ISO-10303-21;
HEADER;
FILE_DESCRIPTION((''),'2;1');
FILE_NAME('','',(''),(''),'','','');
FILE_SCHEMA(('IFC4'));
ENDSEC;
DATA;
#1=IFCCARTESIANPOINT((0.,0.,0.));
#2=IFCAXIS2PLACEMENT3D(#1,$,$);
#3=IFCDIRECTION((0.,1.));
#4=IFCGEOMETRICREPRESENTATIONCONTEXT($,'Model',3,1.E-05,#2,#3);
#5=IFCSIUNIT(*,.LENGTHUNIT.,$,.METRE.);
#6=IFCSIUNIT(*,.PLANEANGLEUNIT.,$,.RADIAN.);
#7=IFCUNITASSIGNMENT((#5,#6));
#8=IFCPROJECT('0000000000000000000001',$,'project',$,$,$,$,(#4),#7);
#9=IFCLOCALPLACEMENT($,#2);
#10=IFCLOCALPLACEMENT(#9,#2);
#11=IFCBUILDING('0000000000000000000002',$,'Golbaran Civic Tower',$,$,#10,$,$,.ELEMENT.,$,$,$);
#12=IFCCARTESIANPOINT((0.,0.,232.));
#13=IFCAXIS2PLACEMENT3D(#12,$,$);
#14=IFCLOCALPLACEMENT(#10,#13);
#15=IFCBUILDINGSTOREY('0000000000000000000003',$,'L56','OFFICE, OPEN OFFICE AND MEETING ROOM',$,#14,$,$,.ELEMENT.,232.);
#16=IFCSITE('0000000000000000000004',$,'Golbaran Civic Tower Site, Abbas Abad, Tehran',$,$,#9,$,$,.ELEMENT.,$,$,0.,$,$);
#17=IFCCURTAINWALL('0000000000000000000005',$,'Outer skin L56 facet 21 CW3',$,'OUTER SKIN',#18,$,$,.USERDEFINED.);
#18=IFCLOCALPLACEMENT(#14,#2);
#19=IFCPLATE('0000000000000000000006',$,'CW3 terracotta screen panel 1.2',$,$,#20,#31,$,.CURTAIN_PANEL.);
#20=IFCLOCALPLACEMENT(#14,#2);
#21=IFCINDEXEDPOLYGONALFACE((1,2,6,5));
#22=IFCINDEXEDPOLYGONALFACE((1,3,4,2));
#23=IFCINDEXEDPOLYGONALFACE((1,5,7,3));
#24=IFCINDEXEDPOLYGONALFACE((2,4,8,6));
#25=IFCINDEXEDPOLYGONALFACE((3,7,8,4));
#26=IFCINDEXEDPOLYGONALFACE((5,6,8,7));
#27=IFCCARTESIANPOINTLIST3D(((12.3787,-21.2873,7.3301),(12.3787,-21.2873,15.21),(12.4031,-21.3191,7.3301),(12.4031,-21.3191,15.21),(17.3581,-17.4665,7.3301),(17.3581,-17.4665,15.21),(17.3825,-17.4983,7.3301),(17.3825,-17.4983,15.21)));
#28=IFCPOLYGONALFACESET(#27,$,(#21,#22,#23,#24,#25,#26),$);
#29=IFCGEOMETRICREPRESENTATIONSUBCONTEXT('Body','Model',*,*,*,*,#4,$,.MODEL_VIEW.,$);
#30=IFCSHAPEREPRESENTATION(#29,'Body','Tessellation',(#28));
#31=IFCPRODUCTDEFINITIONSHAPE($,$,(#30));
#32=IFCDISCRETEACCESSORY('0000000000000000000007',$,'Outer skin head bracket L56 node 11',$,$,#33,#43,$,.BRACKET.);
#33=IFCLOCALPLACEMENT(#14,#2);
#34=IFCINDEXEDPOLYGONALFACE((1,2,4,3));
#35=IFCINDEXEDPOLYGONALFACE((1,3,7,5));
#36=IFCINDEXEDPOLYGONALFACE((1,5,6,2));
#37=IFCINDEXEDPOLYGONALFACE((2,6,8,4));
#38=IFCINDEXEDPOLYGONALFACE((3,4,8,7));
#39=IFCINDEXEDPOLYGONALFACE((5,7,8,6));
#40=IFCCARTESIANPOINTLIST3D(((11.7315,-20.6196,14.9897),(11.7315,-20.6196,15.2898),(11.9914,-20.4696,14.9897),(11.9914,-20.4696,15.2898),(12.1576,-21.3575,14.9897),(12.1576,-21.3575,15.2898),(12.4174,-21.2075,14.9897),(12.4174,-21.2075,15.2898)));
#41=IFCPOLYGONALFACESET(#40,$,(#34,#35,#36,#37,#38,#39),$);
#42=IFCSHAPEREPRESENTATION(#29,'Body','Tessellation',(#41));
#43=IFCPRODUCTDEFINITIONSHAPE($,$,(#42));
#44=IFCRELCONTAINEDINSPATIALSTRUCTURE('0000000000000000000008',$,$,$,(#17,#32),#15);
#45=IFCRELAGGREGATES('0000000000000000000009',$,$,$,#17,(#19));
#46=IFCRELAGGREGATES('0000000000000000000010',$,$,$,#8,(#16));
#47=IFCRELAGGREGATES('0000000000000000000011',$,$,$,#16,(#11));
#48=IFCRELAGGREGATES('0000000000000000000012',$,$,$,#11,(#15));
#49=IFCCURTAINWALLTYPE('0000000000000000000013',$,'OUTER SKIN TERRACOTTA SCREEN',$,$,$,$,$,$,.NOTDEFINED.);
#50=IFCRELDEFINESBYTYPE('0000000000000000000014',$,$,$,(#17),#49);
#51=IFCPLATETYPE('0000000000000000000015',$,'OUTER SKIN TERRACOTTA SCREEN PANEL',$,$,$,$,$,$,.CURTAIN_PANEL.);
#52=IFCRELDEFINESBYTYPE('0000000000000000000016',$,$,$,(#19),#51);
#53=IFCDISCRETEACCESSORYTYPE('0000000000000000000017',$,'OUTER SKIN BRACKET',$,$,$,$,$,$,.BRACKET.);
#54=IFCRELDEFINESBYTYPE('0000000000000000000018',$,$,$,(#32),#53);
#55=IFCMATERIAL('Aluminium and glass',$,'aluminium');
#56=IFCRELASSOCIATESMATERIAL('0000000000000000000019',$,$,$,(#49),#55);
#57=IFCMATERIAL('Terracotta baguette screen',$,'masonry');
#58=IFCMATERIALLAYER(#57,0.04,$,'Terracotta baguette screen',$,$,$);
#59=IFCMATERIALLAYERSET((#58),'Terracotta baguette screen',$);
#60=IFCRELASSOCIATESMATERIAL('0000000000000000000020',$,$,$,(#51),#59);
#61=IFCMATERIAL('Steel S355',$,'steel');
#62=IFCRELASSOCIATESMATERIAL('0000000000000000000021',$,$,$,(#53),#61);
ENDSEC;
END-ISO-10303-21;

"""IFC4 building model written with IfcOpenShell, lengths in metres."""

from ifc_helpers import new_model, si_unit, direction, frame, origin, origin_2d, place, context, subcontext, project, spatial, rectangle, extrude, material, layer, layer_set, type_object, element, aggregate, save


model = new_model("IFC4")

# Units and contexts
model_context = context("Model", 3, precision=1e-05, world=origin(), true_north=direction((0.0, 1.0)))
body_context = subcontext(model_context, "Body", "Model", "MODEL_VIEW")
ifc_project = project(units=[si_unit("LENGTHUNIT", "METRE"), si_unit("PLANEANGLEUNIT", "RADIAN")], contexts=[model_context])

# Site, building, storey
site_placement = place(None, origin())
site = spatial("IfcSite", under=ifc_project, at=site_placement, Name="Golbaran Civic Tower Site, Abbas Abad, Tehran", CompositionType="ELEMENT", RefElevation=0.0)
building_placement = place(site_placement, origin())
building = spatial("IfcBuilding", under=site, at=building_placement, Name="Golbaran Civic Tower", CompositionType="ELEMENT")
storey_placement = place(building_placement, frame((0.0, 0.0, 232.0)))
storey = spatial("IfcBuildingStorey", under=building, at=storey_placement, Name="L56", Description="OFFICE, OPEN OFFICE AND MEETING ROOM", CompositionType="ELEMENT", Elevation=232.0)

# Shared definitions
ifc_material_1 = material(Name="Aluminium and glass", Category="aluminium")

# Curtain wall, plate
curtain_wall_type_1 = type_object("IfcCurtainWallType", Name="OUTER SKIN TERRACOTTA SCREEN", PredefinedType="NOTDEFINED", material=ifc_material_1)
curtain_wall_1_placement = place(storey_placement, origin())
curtain_wall_1 = element("IfcCurtainWall", 1, at=curtain_wall_1_placement, inside=storey, type_object=curtain_wall_type_1, Name="Outer skin L56 facet 21 CW3", ObjectType="OUTER SKIN", PredefinedType="USERDEFINED")
ifc_material_2 = material(Name="Terracotta baguette screen", Category="masonry")
ifc_layer_1 = layer(ifc_material_2, 0.04, Name="Terracotta baguette screen")
ifc_layer_set_1 = layer_set([ifc_layer_1], Name="Terracotta baguette screen")
plate_type_1 = type_object("IfcPlateType", Name="OUTER SKIN TERRACOTTA SCREEN PANEL", PredefinedType="CURTAIN_PANEL", material=ifc_layer_set_1)
plate_1_placement = place(storey_placement, frame((14.8806, -19.3928, 7.3301), z_axis=(0.0, 0.0, 1.0), x_axis=(0.793353, 0.608761, 0.0)))
plate_1 = element("IfcPlate", 2, at=plate_1_placement, type_object=plate_type_1, Name="CW3 terracotta screen panel 1.2", PredefinedType="CURTAIN_PANEL", context=body_context, shape_type="SweptSolid", body=[
    extrude(rectangle(XDim=6.2764, YDim=0.04, at=origin_2d()), origin(), (0.0, 0.0, 1.0), 7.8799),
])
aggregate(curtain_wall_1, [plate_1])

# Discrete accessory
ifc_material_3 = material(Name="Steel S355", Category="steel")
discrete_accessory_type = type_object("IfcDiscreteAccessoryType", Name="OUTER SKIN BRACKET", PredefinedType="BRACKET", material=ifc_material_3)
discrete_accessory_placement = place(storey_placement, frame((12.0745, -20.9136, 14.9897), z_axis=(0.0, 0.0, 1.0), x_axis=(0.5, -0.866025, 0.0)))
element("IfcDiscreteAccessory", 3, at=discrete_accessory_placement, inside=storey, type_object=discrete_accessory_type, Name="Outer skin head bracket L56 node 11", PredefinedType="BRACKET", context=body_context, shape_type="SweptSolid", body=[
    extrude(rectangle(XDim=0.8521, YDim=0.3, at=origin_2d()), origin(), (0.0, 0.0, 1.0), 0.3),
])

save(model, "model.ifc")
